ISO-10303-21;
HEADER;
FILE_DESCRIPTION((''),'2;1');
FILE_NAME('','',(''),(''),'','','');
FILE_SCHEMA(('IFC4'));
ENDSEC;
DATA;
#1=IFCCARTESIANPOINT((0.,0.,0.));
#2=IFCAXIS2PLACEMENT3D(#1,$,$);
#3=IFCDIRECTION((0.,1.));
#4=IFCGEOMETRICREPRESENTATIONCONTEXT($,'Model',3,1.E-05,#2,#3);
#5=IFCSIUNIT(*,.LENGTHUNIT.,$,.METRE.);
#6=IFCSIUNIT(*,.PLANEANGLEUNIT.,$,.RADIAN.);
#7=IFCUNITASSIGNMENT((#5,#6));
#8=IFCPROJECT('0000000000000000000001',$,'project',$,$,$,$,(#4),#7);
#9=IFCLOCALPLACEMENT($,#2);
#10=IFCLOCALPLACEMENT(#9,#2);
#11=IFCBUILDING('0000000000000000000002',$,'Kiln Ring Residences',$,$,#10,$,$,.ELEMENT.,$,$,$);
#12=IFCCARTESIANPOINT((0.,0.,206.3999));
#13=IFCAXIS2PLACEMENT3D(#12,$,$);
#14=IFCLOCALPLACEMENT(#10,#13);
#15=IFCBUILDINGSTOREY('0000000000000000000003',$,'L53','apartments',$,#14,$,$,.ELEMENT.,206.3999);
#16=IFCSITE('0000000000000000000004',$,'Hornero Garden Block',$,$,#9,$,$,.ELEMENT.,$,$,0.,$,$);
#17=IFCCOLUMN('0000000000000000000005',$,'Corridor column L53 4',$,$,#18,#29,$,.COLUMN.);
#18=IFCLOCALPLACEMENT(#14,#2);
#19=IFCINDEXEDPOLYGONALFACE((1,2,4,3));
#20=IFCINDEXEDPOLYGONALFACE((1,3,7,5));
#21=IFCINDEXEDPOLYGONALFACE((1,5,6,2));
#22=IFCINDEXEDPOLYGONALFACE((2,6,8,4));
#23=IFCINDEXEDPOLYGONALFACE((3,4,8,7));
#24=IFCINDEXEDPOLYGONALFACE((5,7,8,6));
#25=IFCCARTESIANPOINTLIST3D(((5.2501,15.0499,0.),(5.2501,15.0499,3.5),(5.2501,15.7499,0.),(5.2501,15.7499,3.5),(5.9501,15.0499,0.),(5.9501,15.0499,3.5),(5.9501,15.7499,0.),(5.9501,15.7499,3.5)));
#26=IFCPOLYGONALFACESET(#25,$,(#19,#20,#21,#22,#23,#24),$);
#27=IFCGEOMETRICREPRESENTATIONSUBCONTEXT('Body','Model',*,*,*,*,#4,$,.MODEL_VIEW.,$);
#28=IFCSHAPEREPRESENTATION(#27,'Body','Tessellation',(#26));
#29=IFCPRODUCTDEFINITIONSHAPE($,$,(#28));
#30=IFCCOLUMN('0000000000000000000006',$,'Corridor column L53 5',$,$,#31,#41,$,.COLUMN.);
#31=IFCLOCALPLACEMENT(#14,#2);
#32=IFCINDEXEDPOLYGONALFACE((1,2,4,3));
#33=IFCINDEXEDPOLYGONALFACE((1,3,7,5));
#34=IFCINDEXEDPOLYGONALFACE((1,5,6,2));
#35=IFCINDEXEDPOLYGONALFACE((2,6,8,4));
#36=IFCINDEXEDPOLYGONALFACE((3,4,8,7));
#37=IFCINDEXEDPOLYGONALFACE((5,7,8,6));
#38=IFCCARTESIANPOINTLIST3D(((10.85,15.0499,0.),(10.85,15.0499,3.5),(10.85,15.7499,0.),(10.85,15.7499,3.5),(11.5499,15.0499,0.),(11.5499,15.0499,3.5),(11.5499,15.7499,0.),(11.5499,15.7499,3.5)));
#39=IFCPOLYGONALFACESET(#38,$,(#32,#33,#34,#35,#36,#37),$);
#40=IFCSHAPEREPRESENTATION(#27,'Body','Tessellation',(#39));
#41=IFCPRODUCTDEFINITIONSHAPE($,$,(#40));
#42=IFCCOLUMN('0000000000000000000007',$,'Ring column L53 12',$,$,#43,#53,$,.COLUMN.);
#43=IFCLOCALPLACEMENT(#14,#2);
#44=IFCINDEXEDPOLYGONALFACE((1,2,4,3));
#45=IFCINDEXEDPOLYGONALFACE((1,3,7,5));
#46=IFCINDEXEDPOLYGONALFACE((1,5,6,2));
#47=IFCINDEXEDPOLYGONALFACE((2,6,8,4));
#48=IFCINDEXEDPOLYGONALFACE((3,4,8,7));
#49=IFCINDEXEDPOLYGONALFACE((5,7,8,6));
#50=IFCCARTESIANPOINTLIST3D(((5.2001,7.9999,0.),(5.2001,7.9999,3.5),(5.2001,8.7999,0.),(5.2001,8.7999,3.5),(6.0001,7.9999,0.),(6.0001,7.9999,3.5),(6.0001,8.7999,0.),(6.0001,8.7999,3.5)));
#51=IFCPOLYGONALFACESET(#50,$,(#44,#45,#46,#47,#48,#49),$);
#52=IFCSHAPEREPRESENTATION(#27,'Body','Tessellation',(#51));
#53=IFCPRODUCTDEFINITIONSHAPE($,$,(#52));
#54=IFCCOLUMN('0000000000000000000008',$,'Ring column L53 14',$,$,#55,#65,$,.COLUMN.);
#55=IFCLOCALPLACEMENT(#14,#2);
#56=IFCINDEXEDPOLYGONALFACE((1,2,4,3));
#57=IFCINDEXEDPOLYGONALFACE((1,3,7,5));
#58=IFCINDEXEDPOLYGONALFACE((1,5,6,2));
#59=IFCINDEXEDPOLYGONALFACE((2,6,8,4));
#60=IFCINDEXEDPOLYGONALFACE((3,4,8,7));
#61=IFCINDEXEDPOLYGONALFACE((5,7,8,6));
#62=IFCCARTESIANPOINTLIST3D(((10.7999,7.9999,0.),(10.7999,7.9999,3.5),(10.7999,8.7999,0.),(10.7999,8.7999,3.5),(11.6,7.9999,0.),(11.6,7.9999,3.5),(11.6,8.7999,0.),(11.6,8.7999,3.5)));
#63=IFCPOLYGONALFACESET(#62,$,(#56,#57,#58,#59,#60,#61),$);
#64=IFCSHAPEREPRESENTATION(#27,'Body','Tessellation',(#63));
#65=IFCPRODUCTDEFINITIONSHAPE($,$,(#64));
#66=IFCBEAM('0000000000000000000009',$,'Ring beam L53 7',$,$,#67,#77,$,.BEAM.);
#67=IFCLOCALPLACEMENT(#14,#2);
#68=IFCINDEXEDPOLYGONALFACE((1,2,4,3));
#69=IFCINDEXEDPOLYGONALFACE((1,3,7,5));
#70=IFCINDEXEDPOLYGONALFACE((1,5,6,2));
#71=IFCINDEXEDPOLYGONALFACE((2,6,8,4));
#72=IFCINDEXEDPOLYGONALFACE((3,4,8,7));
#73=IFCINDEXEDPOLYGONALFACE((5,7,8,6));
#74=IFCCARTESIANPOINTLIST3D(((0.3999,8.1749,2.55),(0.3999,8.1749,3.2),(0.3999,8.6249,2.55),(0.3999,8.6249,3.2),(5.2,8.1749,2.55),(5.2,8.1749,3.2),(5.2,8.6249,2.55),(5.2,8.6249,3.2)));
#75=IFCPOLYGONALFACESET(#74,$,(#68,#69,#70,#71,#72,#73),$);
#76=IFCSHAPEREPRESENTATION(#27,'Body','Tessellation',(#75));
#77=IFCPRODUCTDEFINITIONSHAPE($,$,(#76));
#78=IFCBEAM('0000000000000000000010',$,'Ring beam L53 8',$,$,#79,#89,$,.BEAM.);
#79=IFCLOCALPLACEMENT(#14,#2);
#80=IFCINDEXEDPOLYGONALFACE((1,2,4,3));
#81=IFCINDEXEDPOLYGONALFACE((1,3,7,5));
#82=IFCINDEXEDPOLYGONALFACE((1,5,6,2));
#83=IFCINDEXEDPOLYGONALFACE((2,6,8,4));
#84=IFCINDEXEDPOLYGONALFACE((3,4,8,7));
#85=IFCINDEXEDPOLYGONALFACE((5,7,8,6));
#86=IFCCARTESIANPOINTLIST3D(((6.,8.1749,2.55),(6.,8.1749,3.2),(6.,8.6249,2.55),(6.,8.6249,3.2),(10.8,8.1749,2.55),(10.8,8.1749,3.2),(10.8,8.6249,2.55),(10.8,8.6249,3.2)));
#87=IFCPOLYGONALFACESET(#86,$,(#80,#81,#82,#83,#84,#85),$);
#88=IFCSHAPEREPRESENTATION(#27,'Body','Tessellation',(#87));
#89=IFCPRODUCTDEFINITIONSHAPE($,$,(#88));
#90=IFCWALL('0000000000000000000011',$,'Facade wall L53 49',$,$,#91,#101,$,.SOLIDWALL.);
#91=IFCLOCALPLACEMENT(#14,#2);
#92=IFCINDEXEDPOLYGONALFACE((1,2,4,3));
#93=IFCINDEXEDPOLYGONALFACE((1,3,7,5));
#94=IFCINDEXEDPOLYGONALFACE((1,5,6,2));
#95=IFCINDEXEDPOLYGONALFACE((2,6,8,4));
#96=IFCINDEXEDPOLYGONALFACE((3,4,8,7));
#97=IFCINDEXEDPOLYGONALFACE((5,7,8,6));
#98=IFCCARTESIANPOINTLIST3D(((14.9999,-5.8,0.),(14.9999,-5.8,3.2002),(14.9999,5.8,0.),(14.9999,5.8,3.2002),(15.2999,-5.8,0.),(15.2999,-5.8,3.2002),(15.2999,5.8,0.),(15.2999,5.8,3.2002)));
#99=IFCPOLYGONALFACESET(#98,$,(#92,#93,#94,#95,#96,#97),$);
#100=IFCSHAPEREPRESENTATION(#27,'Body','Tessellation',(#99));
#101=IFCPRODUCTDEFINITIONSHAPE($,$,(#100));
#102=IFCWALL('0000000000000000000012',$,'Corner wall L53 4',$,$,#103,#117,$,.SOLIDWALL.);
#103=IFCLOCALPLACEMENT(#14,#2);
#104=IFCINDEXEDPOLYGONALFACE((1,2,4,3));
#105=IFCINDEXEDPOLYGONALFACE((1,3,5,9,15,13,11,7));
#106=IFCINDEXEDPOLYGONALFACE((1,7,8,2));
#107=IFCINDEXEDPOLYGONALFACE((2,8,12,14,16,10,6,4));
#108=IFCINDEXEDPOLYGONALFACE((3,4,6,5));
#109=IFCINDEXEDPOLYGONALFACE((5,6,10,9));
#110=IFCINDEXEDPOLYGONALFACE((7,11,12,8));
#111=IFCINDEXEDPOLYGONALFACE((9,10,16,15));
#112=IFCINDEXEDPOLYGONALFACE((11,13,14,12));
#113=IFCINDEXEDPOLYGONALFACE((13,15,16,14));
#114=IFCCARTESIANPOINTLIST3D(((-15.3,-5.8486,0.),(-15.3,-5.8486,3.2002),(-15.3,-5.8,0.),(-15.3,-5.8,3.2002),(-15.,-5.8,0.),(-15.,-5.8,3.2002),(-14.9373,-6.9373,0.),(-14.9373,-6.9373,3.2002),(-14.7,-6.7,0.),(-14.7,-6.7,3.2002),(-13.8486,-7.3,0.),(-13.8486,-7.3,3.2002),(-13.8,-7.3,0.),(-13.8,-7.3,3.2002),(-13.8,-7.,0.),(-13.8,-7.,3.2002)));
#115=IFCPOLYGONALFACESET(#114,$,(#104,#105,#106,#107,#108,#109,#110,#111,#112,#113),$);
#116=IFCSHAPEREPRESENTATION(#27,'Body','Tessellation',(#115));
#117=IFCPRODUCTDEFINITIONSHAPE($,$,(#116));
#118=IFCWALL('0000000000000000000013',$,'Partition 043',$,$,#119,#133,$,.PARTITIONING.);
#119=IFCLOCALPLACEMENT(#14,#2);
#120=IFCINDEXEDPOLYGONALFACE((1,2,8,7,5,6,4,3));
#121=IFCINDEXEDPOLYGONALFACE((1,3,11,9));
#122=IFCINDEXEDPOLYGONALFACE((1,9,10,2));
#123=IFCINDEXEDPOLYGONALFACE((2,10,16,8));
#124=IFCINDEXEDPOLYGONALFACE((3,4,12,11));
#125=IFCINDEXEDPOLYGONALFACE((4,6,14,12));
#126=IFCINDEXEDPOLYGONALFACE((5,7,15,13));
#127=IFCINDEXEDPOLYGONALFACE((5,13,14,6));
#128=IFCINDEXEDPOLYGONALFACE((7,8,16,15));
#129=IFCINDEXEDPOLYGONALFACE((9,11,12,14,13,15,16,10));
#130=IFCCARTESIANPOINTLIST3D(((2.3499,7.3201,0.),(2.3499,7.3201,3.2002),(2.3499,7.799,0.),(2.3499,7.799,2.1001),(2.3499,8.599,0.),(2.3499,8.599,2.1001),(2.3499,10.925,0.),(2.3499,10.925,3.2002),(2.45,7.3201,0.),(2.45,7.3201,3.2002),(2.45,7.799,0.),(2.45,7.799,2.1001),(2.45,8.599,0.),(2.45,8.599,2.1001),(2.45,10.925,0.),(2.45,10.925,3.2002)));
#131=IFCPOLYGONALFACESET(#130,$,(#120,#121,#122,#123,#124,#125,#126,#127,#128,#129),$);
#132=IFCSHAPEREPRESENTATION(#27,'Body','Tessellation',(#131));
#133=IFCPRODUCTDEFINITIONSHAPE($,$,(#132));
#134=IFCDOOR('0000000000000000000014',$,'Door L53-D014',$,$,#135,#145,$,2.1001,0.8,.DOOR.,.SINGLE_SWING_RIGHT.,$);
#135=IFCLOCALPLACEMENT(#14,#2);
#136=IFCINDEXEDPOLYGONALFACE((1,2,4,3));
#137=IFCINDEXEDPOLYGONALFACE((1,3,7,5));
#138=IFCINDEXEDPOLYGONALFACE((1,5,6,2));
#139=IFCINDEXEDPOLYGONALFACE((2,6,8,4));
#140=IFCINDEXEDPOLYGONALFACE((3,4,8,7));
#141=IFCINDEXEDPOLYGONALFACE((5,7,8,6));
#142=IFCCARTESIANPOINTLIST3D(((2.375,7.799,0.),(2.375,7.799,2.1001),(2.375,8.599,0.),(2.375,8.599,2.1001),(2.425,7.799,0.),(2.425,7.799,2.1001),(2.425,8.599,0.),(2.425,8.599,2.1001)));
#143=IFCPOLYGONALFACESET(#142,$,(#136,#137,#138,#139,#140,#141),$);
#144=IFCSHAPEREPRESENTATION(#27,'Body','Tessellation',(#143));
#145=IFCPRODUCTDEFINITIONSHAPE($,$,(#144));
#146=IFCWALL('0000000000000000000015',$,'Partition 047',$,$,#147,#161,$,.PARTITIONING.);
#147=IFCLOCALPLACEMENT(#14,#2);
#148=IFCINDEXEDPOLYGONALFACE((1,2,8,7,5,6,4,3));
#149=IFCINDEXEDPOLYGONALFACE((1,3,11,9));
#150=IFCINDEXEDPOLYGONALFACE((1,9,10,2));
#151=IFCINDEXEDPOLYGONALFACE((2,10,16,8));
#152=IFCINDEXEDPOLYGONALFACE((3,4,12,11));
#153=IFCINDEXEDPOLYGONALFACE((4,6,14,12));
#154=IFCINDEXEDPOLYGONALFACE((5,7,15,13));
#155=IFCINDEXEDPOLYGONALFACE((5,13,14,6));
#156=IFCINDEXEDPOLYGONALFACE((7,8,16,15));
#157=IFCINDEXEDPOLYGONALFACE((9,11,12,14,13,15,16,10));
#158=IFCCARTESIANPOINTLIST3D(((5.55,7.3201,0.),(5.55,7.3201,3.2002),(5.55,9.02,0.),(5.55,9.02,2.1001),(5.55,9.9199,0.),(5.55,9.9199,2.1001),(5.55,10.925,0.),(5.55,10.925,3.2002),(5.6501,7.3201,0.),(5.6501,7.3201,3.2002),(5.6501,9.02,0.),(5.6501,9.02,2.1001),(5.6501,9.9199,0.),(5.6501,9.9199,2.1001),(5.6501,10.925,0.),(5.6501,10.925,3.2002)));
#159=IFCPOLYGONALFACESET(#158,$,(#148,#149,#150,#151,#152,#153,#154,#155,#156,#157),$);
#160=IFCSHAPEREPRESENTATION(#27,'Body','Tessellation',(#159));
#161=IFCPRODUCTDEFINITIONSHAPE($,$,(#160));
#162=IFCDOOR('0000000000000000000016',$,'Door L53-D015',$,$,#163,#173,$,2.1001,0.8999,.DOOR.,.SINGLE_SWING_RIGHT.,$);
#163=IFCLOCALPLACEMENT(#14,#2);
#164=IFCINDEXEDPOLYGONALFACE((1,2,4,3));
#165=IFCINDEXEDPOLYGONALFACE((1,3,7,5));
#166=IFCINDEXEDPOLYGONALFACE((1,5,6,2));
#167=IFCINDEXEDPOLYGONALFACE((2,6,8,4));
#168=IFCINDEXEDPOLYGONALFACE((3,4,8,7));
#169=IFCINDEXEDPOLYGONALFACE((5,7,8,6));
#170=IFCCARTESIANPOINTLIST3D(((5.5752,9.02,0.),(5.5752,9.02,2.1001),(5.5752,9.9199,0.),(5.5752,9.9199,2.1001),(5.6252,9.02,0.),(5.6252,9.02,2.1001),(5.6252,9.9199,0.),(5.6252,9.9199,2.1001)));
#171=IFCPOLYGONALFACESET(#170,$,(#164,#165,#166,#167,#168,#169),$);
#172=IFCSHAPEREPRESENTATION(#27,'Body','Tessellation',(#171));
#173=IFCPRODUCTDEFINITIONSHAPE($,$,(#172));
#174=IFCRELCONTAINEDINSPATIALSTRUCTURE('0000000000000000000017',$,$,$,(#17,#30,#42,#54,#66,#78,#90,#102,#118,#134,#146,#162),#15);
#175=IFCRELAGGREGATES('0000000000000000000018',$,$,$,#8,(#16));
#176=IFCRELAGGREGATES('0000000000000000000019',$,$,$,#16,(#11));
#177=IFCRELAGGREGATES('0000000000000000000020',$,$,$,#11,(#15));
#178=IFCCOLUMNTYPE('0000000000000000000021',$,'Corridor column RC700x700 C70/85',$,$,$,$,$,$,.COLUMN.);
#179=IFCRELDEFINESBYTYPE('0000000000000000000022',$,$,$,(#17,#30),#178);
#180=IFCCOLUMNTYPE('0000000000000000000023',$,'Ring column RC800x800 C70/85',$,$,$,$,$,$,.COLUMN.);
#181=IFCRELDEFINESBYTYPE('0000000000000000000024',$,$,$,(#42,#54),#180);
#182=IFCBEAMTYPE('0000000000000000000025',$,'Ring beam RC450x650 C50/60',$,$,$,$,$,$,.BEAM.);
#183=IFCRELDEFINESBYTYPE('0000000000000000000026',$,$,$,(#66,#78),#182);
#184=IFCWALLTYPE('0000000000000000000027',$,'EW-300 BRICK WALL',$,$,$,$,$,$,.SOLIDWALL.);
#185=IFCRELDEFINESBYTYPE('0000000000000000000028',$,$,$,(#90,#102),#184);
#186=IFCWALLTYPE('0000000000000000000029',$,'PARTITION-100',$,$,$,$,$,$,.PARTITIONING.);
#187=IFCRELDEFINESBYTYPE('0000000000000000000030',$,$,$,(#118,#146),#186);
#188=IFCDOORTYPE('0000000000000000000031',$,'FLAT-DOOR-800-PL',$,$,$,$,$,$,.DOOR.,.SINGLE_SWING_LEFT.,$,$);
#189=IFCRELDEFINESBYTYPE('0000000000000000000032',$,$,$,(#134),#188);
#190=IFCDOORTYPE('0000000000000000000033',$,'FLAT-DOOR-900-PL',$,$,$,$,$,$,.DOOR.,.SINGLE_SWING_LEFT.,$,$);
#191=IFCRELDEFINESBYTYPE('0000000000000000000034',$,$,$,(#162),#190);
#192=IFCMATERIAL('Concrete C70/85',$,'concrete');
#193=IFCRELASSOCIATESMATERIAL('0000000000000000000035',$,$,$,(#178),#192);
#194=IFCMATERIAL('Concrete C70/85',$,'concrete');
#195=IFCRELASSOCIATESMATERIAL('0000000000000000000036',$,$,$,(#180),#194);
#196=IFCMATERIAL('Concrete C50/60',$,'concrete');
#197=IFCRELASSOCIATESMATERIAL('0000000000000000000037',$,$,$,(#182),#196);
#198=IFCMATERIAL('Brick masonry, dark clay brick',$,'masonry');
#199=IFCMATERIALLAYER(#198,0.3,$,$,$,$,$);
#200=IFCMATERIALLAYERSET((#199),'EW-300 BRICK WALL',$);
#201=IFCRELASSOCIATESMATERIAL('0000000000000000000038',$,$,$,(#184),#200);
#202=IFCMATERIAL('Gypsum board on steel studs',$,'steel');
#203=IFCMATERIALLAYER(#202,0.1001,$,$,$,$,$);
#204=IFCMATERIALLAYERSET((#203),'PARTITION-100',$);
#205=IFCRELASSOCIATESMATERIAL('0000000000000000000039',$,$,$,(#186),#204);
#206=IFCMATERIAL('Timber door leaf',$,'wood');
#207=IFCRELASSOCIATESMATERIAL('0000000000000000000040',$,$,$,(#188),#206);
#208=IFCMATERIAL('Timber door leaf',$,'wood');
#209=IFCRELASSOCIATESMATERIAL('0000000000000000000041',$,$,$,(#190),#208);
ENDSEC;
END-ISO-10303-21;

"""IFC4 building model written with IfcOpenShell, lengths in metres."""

from ifc_helpers import new_model, si_unit, direction, frame, frame_2d, origin, origin_2d, place, context, subcontext, project, spatial, polyline, rectangle, outline, extrude, material, layer, layer_set, material_profile, profile_set, type_object, element, fill, save


model = new_model("IFC4")

# Units and contexts
model_context = context("Model", 3, precision=1e-05, world=origin(), true_north=direction((0.0, 1.0)))
body_context = subcontext(model_context, "Body", "Model", "MODEL_VIEW")
ifc_project = project(units=[si_unit("LENGTHUNIT", "METRE"), si_unit("PLANEANGLEUNIT", "RADIAN")], contexts=[model_context])

# Site, building, storey
site_placement = place(None, origin())
site = spatial("IfcSite", under=ifc_project, at=site_placement, Name="Hornero Garden Block", CompositionType="ELEMENT", RefElevation=0.0)
building_placement = place(site_placement, origin())
building = spatial("IfcBuilding", under=site, at=building_placement, Name="Kiln Ring Residences", CompositionType="ELEMENT")
storey_placement = place(building_placement, frame((0.0, 0.0, 206.3999)))
storey = spatial("IfcBuildingStorey", under=building, at=storey_placement, Name="L53", Description="apartments", CompositionType="ELEMENT", Elevation=206.3999)

# Columns
ifc_material_1 = material(Name="Concrete C70/85", Category="concrete")
ifc_material_profile_1 = material_profile(ifc_material_1, rectangle(XDim=0.7, YDim=0.7, at=origin_2d()), Name="RC700x700")
ifc_profile_set_1 = profile_set([ifc_material_profile_1], Name="Concrete C70/85")
column_type_1 = type_object("IfcColumnType", Name="Corridor column RC700x700 C70/85", PredefinedType="COLUMN", material=ifc_profile_set_1)
for number, where, z_axis, x_axis, name in (
    (1, (5.6001, 15.3999, 0.0), (0.0, 0.0, 1.0), (1.0, 0.0, 0.0), "Corridor column L53 4"),
    (2, (11.2, 15.3999, 0.0), (0.0, 0.0, 1.0), (1.0, 0.0, 0.0), "Corridor column L53 5"),
):
    element("IfcColumn", number, at=place(storey_placement, frame(where, z_axis=z_axis, x_axis=x_axis)), inside=storey, type_object=column_type_1, Name=name, PredefinedType="COLUMN", context=body_context, shape_type="SweptSolid", body=[
        extrude(rectangle(XDim=0.7, YDim=0.7, at=origin_2d()), origin(), (0.0, 0.0, 1.0), 3.5),
    ])
ifc_material_2 = material(Name="Concrete C70/85", Category="concrete")
ifc_material_profile_2 = material_profile(ifc_material_2, rectangle(XDim=0.8, YDim=0.8, at=origin_2d()), Name="RC800x800")
ifc_profile_set_2 = profile_set([ifc_material_profile_2], Name="Concrete C70/85")
column_type_2 = type_object("IfcColumnType", Name="Ring column RC800x800 C70/85", PredefinedType="COLUMN", material=ifc_profile_set_2)
for number, where, z_axis, x_axis, name in (
    (3, (5.6001, 8.3999, 0.0), (0.0, 0.0, 1.0), (1.0, 0.0, 0.0), "Ring column L53 12"),
    (4, (11.2, 8.3999, 0.0), (0.0, 0.0, 1.0), (1.0, 0.0, 0.0), "Ring column L53 14"),
):
    element("IfcColumn", number, at=place(storey_placement, frame(where, z_axis=z_axis, x_axis=x_axis)), inside=storey, type_object=column_type_2, Name=name, PredefinedType="COLUMN", context=body_context, shape_type="SweptSolid", body=[
        extrude(rectangle(XDim=0.8, YDim=0.8, at=origin_2d()), origin(), (0.0, 0.0, 1.0), 3.5),
    ])

# Beams
ifc_material_3 = material(Name="Concrete C50/60", Category="concrete")
ifc_material_profile_3 = material_profile(ifc_material_3, rectangle(XDim=0.45, YDim=0.6499, at=origin_2d()), Name="RC450x650")
ifc_profile_set_3 = profile_set([ifc_material_profile_3], Name="Concrete C50/60")
beam_type = type_object("IfcBeamType", Name="Ring beam RC450x650 C50/60", PredefinedType="BEAM", material=ifc_profile_set_3)
for number, where, z_axis, x_axis, name in (
    (5, (0.3999, 8.3999, 2.875), (1.0, 0.0, 0.0), (0.0, 1.0, 0.0), "Ring beam L53 7"),
    (6, (6.0, 8.3999, 2.875), (1.0, 0.0, 0.0), (0.0, 1.0, 0.0), "Ring beam L53 8"),
):
    element("IfcBeam", number, at=place(storey_placement, frame(where, z_axis=z_axis, x_axis=x_axis)), inside=storey, type_object=beam_type, Name=name, PredefinedType="BEAM", context=body_context, shape_type="SweptSolid", body=[
        extrude(rectangle(XDim=0.45, YDim=0.6499, at=origin_2d()), origin(), (0.0, 0.0, 1.0), 4.8),
    ])

# Walls
ifc_material_4 = material(Name="Brick masonry, dark clay brick", Category="masonry")
ifc_layer_1 = layer(ifc_material_4, 0.3)
ifc_layer_set_1 = layer_set([ifc_layer_1], Name="EW-300 BRICK WALL")
wall_type_1 = type_object("IfcWallType", Name="EW-300 BRICK WALL", PredefinedType="SOLIDWALL", material=ifc_layer_set_1)
wall_1_placement = place(storey_placement, frame((15.1499, 5.8, 0.0), z_axis=(0.0, 0.0, 1.0), x_axis=(0.0, -1.0, 0.0)))
element("IfcWall", 7, at=wall_1_placement, inside=storey, type_object=wall_type_1, Name="Facade wall L53 49", PredefinedType="SOLIDWALL", context=body_context, shape_type="SweptSolid", body=[
    extrude(rectangle(XDim=11.6001, YDim=0.3, at=frame_2d((5.8, 0.0))), origin(), (0.0, 0.0, 1.0), 3.2002),
])
wall_2_placement = place(storey_placement, origin())
element("IfcWall", 8, at=wall_2_placement, inside=storey, type_object=wall_type_1, Name="Corner wall L53 4", PredefinedType="SOLIDWALL", context=body_context, shape_type="SweptSolid", body=[
    extrude(outline(polyline([(-14.9373, -6.9373), (-13.8486, -7.3), (-13.8, -7.3), (-13.8, -7.0), (-14.7, -6.7), (-15.0, -5.8), (-15.3, -5.8), (-15.3, -5.8486), (-14.9373, -6.9373)])), origin(), (0.0, 0.0, 1.0), 3.2002),
])

# Walls, openings, doors
ifc_material_5 = material(Name="Gypsum board on steel studs", Category="steel")
ifc_layer_2 = layer(ifc_material_5, 0.1001)
ifc_layer_set_2 = layer_set([ifc_layer_2], Name="PARTITION-100")
wall_type_2 = type_object("IfcWallType", Name="PARTITION-100", PredefinedType="PARTITIONING", material=ifc_layer_set_2)
wall_3_placement = place(storey_placement, frame((2.3999, 7.3201, 0.0), z_axis=(0.0, 0.0, 1.0), x_axis=(0.0, 1.0, 0.0)))
wall_3 = element("IfcWall", 9, at=wall_3_placement, inside=storey, type_object=wall_type_2, Name="Partition 043", PredefinedType="PARTITIONING", context=body_context, shape_type="SweptSolid", body=[
    extrude(rectangle(XDim=3.605, YDim=0.1001, at=frame_2d((1.8025, 0.0))), origin(), (0.0, 0.0, 1.0), 3.2002),
])
opening_1_placement = place(wall_3_placement, frame((0.479, 0.0, 0.0)))
opening_1 = element("IfcOpeningElement", 10, at=opening_1_placement, cuts=wall_3, PredefinedType="OPENING", context=body_context, shape_type="SweptSolid", body=[
    extrude(rectangle(XDim=0.8, YDim=2.1001, at=frame_2d((0.3999, 1.05))), frame((0.0, 0.0601, 0.0), z_axis=(0.0, -1.0, 0.0), x_axis=(1.0, 0.0, 0.0)), (0.0, 0.0, 1.0), 0.1201),
])
ifc_material_6 = material(Name="Timber door leaf", Category="wood")
door_type_1 = type_object("IfcDoorType", Name="FLAT-DOOR-800-PL", OperationType="SINGLE_SWING_LEFT", PredefinedType="DOOR", material=ifc_material_6)
door_1_placement = place(opening_1_placement, origin())
door_1 = element("IfcDoor", 11, at=door_1_placement, inside=storey, type_object=door_type_1, Name="Door L53-D014", OperationType="SINGLE_SWING_RIGHT", OverallHeight=2.1001, OverallWidth=0.8, PredefinedType="DOOR", context=body_context, shape_type="SweptSolid", body=[
    extrude(rectangle(XDim=0.8, YDim=2.1001, at=frame_2d((0.3999, 1.05))), frame((0.0, 0.0249, 0.0), z_axis=(0.0, -1.0, 0.0), x_axis=(1.0, 0.0, 0.0)), (0.0, 0.0, 1.0), 0.05),
])
fill(opening_1, door_1)
wall_4_placement = place(storey_placement, frame((5.6001, 7.3201, 0.0), z_axis=(0.0, 0.0, 1.0), x_axis=(0.0, 1.0, 0.0)))
wall_4 = element("IfcWall", 12, at=wall_4_placement, inside=storey, type_object=wall_type_2, Name="Partition 047", PredefinedType="PARTITIONING", context=body_context, shape_type="SweptSolid", body=[
    extrude(rectangle(XDim=3.605, YDim=0.1001, at=frame_2d((1.8025, 0.0))), origin(), (0.0, 0.0, 1.0), 3.2002),
])
opening_2_placement = place(wall_4_placement, frame((1.7, 0.0, 0.0)))
opening_2 = element("IfcOpeningElement", 13, at=opening_2_placement, cuts=wall_4, PredefinedType="OPENING", context=body_context, shape_type="SweptSolid", body=[
    extrude(rectangle(XDim=0.8999, YDim=2.1001, at=frame_2d((0.45, 1.05))), frame((0.0, 0.0601, 0.0), z_axis=(0.0, -1.0, 0.0), x_axis=(1.0, 0.0, 0.0)), (0.0, 0.0, 1.0), 0.1201),
])
ifc_material_7 = material(Name="Timber door leaf", Category="wood")
door_type_2 = type_object("IfcDoorType", Name="FLAT-DOOR-900-PL", OperationType="SINGLE_SWING_LEFT", PredefinedType="DOOR", material=ifc_material_7)
door_2_placement = place(opening_2_placement, origin())
door_2 = element("IfcDoor", 14, at=door_2_placement, inside=storey, type_object=door_type_2, Name="Door L53-D015", OperationType="SINGLE_SWING_RIGHT", OverallHeight=2.1001, OverallWidth=0.8999, PredefinedType="DOOR", context=body_context, shape_type="SweptSolid", body=[
    extrude(rectangle(XDim=0.8999, YDim=2.1001, at=frame_2d((0.45, 1.05))), frame((0.0, 0.0249, 0.0), z_axis=(0.0, -1.0, 0.0), x_axis=(1.0, 0.0, 0.0)), (0.0, 0.0, 1.0), 0.05),
])
fill(opening_2, door_2)

save(model, "model.ifc")
